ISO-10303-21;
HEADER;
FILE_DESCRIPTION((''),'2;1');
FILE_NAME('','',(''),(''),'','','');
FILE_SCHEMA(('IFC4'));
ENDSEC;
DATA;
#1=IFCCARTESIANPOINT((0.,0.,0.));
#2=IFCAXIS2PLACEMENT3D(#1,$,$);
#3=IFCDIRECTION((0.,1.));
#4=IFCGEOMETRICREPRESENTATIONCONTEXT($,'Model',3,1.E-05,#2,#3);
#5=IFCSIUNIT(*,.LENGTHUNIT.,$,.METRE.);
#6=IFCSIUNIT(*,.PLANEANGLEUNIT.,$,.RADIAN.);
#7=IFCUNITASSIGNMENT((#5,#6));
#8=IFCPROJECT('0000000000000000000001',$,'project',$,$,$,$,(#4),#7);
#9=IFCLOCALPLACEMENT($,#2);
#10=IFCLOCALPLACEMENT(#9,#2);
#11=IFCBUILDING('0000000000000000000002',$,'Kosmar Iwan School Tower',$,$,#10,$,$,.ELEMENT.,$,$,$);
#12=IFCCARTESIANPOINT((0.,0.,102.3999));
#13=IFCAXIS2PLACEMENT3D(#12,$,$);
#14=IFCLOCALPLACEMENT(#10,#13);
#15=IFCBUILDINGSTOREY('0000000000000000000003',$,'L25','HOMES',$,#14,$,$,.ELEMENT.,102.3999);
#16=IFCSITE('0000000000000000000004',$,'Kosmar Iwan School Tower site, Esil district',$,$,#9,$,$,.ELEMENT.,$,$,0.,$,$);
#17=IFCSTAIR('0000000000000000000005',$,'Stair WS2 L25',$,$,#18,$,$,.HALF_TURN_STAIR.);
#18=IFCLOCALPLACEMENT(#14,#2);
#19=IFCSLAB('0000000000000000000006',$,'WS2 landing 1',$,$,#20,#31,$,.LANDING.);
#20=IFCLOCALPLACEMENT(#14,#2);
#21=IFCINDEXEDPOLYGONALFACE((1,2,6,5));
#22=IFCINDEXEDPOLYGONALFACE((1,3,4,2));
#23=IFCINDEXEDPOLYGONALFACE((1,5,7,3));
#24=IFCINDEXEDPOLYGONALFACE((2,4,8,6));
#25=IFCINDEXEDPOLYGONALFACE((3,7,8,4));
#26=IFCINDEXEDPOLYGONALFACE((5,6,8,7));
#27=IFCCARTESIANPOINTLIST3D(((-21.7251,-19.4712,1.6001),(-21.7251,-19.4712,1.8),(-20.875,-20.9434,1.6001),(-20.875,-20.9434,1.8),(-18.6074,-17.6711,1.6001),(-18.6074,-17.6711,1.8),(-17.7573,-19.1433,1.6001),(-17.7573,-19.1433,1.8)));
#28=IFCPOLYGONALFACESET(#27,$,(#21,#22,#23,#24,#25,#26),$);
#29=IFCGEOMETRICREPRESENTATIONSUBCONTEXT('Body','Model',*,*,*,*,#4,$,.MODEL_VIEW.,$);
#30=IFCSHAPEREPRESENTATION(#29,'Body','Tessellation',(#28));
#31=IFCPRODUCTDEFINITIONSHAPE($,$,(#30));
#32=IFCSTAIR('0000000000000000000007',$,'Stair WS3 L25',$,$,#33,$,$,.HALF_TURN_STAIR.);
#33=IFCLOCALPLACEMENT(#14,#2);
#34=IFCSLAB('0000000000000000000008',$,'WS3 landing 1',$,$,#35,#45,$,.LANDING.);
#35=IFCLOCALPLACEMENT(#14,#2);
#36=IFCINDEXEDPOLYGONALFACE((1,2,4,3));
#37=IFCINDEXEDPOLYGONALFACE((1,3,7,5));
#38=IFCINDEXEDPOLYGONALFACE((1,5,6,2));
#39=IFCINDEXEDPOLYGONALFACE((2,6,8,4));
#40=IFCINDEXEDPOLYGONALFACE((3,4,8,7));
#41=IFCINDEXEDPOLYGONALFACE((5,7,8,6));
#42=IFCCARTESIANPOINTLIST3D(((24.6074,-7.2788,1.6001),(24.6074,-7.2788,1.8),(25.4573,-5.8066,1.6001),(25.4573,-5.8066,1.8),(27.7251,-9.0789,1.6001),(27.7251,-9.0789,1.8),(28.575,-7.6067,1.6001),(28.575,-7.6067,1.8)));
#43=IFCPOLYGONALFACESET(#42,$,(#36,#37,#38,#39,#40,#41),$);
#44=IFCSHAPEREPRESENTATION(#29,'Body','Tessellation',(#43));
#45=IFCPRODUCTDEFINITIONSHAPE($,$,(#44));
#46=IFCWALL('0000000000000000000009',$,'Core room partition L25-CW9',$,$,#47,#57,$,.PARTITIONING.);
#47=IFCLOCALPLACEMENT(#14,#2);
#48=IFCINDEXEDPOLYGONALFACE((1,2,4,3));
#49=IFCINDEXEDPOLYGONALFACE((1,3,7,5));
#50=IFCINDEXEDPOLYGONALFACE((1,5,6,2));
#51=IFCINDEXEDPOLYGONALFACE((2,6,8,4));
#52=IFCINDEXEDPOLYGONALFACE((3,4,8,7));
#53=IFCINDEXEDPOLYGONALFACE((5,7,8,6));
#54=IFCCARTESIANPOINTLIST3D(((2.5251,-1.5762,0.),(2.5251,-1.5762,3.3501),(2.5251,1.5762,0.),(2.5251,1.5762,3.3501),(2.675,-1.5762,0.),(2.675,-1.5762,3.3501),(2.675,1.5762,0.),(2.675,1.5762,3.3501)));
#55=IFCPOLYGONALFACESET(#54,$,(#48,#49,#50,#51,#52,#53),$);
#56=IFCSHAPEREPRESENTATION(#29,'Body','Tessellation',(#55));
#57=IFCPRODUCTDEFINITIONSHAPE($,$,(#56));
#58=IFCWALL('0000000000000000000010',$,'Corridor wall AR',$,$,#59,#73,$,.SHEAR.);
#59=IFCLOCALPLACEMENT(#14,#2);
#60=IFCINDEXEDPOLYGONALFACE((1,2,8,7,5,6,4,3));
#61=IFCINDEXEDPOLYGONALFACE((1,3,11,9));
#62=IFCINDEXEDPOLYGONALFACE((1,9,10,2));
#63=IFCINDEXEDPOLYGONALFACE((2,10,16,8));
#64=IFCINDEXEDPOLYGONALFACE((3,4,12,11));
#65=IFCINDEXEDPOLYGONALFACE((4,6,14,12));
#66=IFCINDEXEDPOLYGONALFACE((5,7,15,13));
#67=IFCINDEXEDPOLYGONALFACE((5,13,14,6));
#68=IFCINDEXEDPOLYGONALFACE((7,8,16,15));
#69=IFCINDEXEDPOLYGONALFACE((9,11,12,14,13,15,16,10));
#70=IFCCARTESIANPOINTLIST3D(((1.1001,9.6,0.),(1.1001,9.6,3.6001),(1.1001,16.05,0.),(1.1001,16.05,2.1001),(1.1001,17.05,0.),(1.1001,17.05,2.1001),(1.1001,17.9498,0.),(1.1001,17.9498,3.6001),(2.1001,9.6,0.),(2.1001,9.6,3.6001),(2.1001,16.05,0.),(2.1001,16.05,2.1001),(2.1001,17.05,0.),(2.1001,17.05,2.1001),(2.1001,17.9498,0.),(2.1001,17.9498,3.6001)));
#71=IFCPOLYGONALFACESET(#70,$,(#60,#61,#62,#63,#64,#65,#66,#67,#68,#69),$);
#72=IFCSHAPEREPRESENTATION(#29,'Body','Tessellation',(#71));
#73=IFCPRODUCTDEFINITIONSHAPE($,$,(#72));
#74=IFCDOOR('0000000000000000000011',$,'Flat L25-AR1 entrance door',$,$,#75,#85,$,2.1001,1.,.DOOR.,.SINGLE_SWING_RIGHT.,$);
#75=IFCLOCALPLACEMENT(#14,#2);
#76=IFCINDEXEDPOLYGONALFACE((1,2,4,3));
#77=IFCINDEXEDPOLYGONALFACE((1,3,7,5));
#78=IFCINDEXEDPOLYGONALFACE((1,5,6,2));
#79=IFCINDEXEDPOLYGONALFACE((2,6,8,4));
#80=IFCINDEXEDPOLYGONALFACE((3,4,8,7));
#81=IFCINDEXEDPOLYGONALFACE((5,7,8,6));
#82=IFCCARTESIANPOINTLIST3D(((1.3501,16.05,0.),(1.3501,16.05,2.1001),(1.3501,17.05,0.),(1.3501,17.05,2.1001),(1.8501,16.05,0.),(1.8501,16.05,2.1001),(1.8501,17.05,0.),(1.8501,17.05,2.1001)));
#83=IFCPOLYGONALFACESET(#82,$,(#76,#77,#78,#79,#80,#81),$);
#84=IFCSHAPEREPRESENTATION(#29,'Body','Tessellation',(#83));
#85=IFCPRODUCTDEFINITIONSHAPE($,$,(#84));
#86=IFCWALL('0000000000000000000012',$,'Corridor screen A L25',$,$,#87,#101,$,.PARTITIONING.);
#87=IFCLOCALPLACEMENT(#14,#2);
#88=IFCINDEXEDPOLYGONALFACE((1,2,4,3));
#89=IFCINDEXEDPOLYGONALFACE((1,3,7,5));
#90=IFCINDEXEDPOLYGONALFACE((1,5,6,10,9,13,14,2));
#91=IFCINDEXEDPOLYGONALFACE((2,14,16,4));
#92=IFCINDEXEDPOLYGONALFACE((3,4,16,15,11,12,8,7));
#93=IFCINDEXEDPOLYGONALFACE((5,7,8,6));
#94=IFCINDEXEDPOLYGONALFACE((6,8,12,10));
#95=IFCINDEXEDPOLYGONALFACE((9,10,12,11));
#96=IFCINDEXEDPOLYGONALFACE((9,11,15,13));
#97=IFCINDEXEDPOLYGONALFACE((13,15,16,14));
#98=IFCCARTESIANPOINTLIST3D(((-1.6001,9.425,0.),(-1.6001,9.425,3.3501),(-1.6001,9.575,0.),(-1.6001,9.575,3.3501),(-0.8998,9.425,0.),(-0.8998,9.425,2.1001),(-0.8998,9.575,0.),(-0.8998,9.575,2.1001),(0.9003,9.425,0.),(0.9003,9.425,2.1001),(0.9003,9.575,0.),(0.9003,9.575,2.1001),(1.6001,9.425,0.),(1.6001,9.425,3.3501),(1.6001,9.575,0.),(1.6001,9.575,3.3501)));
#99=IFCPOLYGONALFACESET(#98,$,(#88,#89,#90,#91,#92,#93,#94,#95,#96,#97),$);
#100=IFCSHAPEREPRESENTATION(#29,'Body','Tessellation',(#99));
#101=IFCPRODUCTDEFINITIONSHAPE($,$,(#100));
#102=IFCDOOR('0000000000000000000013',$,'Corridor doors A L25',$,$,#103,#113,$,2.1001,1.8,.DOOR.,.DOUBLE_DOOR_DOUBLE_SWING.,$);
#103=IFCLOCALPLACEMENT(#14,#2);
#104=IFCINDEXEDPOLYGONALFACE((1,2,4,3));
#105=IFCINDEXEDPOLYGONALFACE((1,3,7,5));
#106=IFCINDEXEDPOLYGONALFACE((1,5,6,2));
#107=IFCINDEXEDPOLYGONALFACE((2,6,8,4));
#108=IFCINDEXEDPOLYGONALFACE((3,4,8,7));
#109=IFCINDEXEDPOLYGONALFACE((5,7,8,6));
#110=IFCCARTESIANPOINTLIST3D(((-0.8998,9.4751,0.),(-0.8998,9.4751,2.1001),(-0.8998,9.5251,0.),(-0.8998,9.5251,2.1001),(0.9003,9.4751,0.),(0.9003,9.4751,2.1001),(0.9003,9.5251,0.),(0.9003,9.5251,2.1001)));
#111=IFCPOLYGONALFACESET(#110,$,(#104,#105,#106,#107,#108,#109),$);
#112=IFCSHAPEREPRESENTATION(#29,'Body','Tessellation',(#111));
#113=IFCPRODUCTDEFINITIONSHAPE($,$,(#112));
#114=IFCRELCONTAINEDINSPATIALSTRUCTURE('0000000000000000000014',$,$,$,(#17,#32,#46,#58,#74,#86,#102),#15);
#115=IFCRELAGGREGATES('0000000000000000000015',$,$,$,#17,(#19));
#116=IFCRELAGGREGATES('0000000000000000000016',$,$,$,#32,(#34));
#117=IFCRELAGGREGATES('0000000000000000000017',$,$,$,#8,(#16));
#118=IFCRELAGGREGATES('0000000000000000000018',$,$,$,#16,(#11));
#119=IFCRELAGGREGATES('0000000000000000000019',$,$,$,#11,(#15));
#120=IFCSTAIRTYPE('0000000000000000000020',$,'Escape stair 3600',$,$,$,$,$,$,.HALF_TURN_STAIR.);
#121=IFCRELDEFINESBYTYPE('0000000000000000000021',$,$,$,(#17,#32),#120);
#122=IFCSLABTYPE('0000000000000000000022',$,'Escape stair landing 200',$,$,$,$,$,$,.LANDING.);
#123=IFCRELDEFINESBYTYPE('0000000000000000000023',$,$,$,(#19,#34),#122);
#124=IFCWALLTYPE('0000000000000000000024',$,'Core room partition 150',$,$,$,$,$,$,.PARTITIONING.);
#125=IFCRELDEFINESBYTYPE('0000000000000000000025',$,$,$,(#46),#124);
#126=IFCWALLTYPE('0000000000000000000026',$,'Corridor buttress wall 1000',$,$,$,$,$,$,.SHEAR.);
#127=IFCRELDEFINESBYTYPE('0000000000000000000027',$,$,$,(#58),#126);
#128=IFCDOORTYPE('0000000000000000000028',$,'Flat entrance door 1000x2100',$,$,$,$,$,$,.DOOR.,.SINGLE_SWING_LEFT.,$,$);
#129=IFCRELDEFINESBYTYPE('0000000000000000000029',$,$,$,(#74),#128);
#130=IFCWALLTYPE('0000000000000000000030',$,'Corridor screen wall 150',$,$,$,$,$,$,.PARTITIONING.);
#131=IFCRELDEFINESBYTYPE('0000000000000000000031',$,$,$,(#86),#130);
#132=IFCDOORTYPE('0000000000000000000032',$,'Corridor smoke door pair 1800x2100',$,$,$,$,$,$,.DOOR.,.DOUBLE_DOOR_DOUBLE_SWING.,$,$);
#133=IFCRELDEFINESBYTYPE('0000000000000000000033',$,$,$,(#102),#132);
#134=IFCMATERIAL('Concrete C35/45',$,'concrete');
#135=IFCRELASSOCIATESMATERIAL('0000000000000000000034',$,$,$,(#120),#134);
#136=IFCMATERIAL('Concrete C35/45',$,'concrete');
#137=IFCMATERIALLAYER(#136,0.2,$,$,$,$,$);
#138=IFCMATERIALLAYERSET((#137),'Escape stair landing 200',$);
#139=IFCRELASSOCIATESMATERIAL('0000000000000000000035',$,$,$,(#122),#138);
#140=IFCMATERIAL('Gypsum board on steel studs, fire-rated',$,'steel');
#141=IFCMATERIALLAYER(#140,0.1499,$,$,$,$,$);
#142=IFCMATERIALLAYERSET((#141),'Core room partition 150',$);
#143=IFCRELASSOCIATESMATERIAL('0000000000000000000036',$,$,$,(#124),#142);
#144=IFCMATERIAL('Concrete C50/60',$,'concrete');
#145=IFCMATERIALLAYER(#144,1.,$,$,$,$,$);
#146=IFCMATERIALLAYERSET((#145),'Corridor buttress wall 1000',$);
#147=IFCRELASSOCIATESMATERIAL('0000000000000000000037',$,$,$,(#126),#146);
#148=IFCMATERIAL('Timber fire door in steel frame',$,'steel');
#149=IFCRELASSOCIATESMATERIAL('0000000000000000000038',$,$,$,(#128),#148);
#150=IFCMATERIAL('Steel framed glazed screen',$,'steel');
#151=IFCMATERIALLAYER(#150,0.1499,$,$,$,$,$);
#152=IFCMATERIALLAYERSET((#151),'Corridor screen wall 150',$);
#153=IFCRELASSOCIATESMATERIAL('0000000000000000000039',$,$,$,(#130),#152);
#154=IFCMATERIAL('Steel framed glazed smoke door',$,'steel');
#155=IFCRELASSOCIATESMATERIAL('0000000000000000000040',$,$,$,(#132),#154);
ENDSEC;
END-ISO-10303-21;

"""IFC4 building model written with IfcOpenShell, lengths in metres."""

from ifc_helpers import new_model, si_unit, direction, frame, frame_2d, origin, place, context, subcontext, project, spatial, polyline, rectangle, outline, extrude, material, layer, layer_set, type_object, element, fill, aggregate, save


model = new_model("IFC4")

# Units and contexts
model_context = context("Model", 3, precision=1e-05, world=origin(), true_north=direction((0.0, 1.0)))
body_context = subcontext(model_context, "Body", "Model", "MODEL_VIEW")
ifc_project = project(units=[si_unit("LENGTHUNIT", "METRE"), si_unit("PLANEANGLEUNIT", "RADIAN")], contexts=[model_context])

# Site, building, storey
site_placement = place(None, origin())
site = spatial("IfcSite", under=ifc_project, at=site_placement, Name="Kosmar Iwan School Tower site, Esil district", CompositionType="ELEMENT", RefElevation=0.0)
building_placement = place(site_placement, origin())
building = spatial("IfcBuilding", under=site, at=building_placement, Name="Kosmar Iwan School Tower", CompositionType="ELEMENT")
storey_placement = place(building_placement, frame((0.0, 0.0, 102.3999)))
storey = spatial("IfcBuildingStorey", under=building, at=storey_placement, Name="L25", Description="HOMES", CompositionType="ELEMENT", Elevation=102.3999)

# Stairs, slabs
ifc_material_1 = material(Name="Concrete C35/45", Category="concrete")
stair_type_1 = type_object("IfcStairType", Name="Escape stair 3600", PredefinedType="HALF_TURN_STAIR", material=ifc_material_1)
stair_1_placement = place(storey_placement, origin())
stair_1 = element("IfcStair", 1, at=stair_1_placement, inside=storey, type_object=stair_type_1, Name="Stair WS2 L25", PredefinedType="HALF_TURN_STAIR")
ifc_material_2 = material(Name="Concrete C35/45", Category="concrete")
ifc_layer_1 = layer(ifc_material_2, 0.2)
ifc_layer_set_1 = layer_set([ifc_layer_1], Name="Escape stair landing 200")
slab_type = type_object("IfcSlabType", Name="Escape stair landing 200", PredefinedType="LANDING", material=ifc_layer_set_1)
slab_1_placement = place(storey_placement, frame((0.0, 0.0, 1.6001)))
slab_1 = element("IfcSlab", 2, at=slab_1_placement, type_object=slab_type, Name="WS2 landing 1", PredefinedType="LANDING", context=body_context, shape_type="SweptSolid", body=[
    extrude(outline(polyline([(-18.6074, -17.6711), (-21.7251, -19.4712), (-20.875, -20.9434), (-17.7573, -19.1433), (-18.6074, -17.6711)])), origin(), (0.0, 0.0, 1.0), 0.2),
])
aggregate(stair_1, [slab_1])
stair_2_placement = place(storey_placement, origin())
stair_2 = element("IfcStair", 3, at=stair_2_placement, inside=storey, type_object=stair_type_1, Name="Stair WS3 L25", PredefinedType="HALF_TURN_STAIR")
slab_2_placement = place(storey_placement, frame((0.0, 0.0, 1.6001)))
slab_2 = element("IfcSlab", 4, at=slab_2_placement, type_object=slab_type, Name="WS3 landing 1", PredefinedType="LANDING", context=body_context, shape_type="SweptSolid", body=[
    extrude(outline(polyline([(24.6074, -7.2788), (27.7251, -9.0789), (28.575, -7.6067), (25.4573, -5.8066), (24.6074, -7.2788)])), origin(), (0.0, 0.0, 1.0), 0.2),
])
aggregate(stair_2, [slab_2])

# Wall
ifc_material_3 = material(Name="Gypsum board on steel studs, fire-rated", Category="steel")
ifc_layer_2 = layer(ifc_material_3, 0.1499)
ifc_layer_set_2 = layer_set([ifc_layer_2], Name="Core room partition 150")
wall_type_1 = type_object("IfcWallType", Name="Core room partition 150", PredefinedType="PARTITIONING", material=ifc_layer_set_2)
wall_1_placement = place(storey_placement, frame((2.6001, 1.5762, 0.0), z_axis=(0.0, 0.0, 1.0), x_axis=(0.0, -1.0, 0.0)))
element("IfcWall", 5, at=wall_1_placement, inside=storey, type_object=wall_type_1, Name="Core room partition L25-CW9", PredefinedType="PARTITIONING", context=body_context, shape_type="SweptSolid", body=[
    extrude(rectangle(XDim=3.1523, YDim=0.1499, at=frame_2d((1.5762, 0.0))), origin(), (0.0, 0.0, 1.0), 3.3501),
])

# Walls, openings, doors
ifc_material_4 = material(Name="Concrete C50/60", Category="concrete")
ifc_layer_3 = layer(ifc_material_4, 1.0)
ifc_layer_set_3 = layer_set([ifc_layer_3], Name="Corridor buttress wall 1000")
wall_type_2 = type_object("IfcWallType", Name="Corridor buttress wall 1000", PredefinedType="SHEAR", material=ifc_layer_set_3)
wall_2_placement = place(storey_placement, frame((1.6001, 9.6001, 0.0), z_axis=(0.0, 0.0, 1.0), x_axis=(0.0, 1.0, 0.0)))
wall_2 = element("IfcWall", 6, at=wall_2_placement, inside=storey, type_object=wall_type_2, Name="Corridor wall AR", PredefinedType="SHEAR", context=body_context, shape_type="SweptSolid", body=[
    extrude(rectangle(XDim=8.3499, YDim=1.0, at=frame_2d((4.1748, 0.0))), origin(), (0.0, 0.0, 1.0), 3.6001),
])
opening_1_placement = place(wall_2_placement, frame((6.45, 0.0, 0.0)))
opening_1 = element("IfcOpeningElement", 7, at=opening_1_placement, cuts=wall_2, PredefinedType="OPENING", context=body_context, shape_type="SweptSolid", body=[
    extrude(rectangle(XDim=1.0, YDim=2.1001, at=frame_2d((0.5, 1.05))), frame((0.0, 0.512, 0.0), z_axis=(0.0, -1.0, 0.0), x_axis=(1.0, 0.0, 0.0)), (0.0, 0.0, 1.0), 1.0239),
])
ifc_material_5 = material(Name="Timber fire door in steel frame", Category="steel")
door_type_1 = type_object("IfcDoorType", Name="Flat entrance door 1000x2100", OperationType="SINGLE_SWING_LEFT", PredefinedType="DOOR", material=ifc_material_5)
door_1_placement = place(opening_1_placement, origin())
door_1 = element("IfcDoor", 8, at=door_1_placement, inside=storey, type_object=door_type_1, Name="Flat L25-AR1 entrance door", OperationType="SINGLE_SWING_RIGHT", OverallHeight=2.1001, OverallWidth=1.0, PredefinedType="DOOR", context=body_context, shape_type="SweptSolid", body=[
    extrude(rectangle(XDim=1.0, YDim=2.1001, at=frame_2d((0.5, 1.05))), frame((0.0, 0.25, 0.0), z_axis=(0.0, -1.0, 0.0), x_axis=(1.0, 0.0, 0.0)), (0.0, 0.0, 1.0), 0.5),
])
fill(opening_1, door_1)
ifc_material_6 = material(Name="Steel framed glazed screen", Category="steel")
ifc_layer_4 = layer(ifc_material_6, 0.1499)
ifc_layer_set_4 = layer_set([ifc_layer_4], Name="Corridor screen wall 150")
wall_type_3 = type_object("IfcWallType", Name="Corridor screen wall 150", PredefinedType="PARTITIONING", material=ifc_layer_set_4)
wall_3_placement = place(storey_placement, frame((1.6001, 9.5, 0.0), z_axis=(0.0, 0.0, 1.0), x_axis=(-1.0, 0.0, 0.0)))
wall_3 = element("IfcWall", 9, at=wall_3_placement, inside=storey, type_object=wall_type_3, Name="Corridor screen A L25", PredefinedType="PARTITIONING", context=body_context, shape_type="SweptSolid", body=[
    extrude(rectangle(XDim=3.2002, YDim=0.1499, at=frame_2d((1.6001, 0.0))), origin(), (0.0, 0.0, 1.0), 3.3501),
])
opening_2_placement = place(wall_3_placement, frame((0.7, 0.0, 0.0)))
opening_2 = element("IfcOpeningElement", 10, at=opening_2_placement, cuts=wall_3, PredefinedType="OPENING", context=body_context, shape_type="SweptSolid", body=[
    extrude(rectangle(XDim=1.8, YDim=2.1001, at=frame_2d((0.8999, 1.05))), frame((0.0, 0.0869, 0.0), z_axis=(0.0, -1.0, 0.0), x_axis=(1.0, 0.0, 0.0)), (0.0, 0.0, 1.0), 0.1738),
])
ifc_material_7 = material(Name="Steel framed glazed smoke door", Category="steel")
door_type_2 = type_object("IfcDoorType", Name="Corridor smoke door pair 1800x2100", OperationType="DOUBLE_DOOR_DOUBLE_SWING", PredefinedType="DOOR", material=ifc_material_7)
door_2_placement = place(opening_2_placement, origin())
door_2 = element("IfcDoor", 11, at=door_2_placement, inside=storey, type_object=door_type_2, Name="Corridor doors A L25", OperationType="DOUBLE_DOOR_DOUBLE_SWING", OverallHeight=2.1001, OverallWidth=1.8, PredefinedType="DOOR", context=body_context, shape_type="SweptSolid", body=[
    extrude(rectangle(XDim=1.8, YDim=2.1001, at=frame_2d((0.8999, 1.05))), frame((0.0, 0.0249, 0.0), z_axis=(0.0, -1.0, 0.0), x_axis=(1.0, 0.0, 0.0)), (0.0, 0.0, 1.0), 0.05),
])
fill(opening_2, door_2)

save(model, "model.ifc")
